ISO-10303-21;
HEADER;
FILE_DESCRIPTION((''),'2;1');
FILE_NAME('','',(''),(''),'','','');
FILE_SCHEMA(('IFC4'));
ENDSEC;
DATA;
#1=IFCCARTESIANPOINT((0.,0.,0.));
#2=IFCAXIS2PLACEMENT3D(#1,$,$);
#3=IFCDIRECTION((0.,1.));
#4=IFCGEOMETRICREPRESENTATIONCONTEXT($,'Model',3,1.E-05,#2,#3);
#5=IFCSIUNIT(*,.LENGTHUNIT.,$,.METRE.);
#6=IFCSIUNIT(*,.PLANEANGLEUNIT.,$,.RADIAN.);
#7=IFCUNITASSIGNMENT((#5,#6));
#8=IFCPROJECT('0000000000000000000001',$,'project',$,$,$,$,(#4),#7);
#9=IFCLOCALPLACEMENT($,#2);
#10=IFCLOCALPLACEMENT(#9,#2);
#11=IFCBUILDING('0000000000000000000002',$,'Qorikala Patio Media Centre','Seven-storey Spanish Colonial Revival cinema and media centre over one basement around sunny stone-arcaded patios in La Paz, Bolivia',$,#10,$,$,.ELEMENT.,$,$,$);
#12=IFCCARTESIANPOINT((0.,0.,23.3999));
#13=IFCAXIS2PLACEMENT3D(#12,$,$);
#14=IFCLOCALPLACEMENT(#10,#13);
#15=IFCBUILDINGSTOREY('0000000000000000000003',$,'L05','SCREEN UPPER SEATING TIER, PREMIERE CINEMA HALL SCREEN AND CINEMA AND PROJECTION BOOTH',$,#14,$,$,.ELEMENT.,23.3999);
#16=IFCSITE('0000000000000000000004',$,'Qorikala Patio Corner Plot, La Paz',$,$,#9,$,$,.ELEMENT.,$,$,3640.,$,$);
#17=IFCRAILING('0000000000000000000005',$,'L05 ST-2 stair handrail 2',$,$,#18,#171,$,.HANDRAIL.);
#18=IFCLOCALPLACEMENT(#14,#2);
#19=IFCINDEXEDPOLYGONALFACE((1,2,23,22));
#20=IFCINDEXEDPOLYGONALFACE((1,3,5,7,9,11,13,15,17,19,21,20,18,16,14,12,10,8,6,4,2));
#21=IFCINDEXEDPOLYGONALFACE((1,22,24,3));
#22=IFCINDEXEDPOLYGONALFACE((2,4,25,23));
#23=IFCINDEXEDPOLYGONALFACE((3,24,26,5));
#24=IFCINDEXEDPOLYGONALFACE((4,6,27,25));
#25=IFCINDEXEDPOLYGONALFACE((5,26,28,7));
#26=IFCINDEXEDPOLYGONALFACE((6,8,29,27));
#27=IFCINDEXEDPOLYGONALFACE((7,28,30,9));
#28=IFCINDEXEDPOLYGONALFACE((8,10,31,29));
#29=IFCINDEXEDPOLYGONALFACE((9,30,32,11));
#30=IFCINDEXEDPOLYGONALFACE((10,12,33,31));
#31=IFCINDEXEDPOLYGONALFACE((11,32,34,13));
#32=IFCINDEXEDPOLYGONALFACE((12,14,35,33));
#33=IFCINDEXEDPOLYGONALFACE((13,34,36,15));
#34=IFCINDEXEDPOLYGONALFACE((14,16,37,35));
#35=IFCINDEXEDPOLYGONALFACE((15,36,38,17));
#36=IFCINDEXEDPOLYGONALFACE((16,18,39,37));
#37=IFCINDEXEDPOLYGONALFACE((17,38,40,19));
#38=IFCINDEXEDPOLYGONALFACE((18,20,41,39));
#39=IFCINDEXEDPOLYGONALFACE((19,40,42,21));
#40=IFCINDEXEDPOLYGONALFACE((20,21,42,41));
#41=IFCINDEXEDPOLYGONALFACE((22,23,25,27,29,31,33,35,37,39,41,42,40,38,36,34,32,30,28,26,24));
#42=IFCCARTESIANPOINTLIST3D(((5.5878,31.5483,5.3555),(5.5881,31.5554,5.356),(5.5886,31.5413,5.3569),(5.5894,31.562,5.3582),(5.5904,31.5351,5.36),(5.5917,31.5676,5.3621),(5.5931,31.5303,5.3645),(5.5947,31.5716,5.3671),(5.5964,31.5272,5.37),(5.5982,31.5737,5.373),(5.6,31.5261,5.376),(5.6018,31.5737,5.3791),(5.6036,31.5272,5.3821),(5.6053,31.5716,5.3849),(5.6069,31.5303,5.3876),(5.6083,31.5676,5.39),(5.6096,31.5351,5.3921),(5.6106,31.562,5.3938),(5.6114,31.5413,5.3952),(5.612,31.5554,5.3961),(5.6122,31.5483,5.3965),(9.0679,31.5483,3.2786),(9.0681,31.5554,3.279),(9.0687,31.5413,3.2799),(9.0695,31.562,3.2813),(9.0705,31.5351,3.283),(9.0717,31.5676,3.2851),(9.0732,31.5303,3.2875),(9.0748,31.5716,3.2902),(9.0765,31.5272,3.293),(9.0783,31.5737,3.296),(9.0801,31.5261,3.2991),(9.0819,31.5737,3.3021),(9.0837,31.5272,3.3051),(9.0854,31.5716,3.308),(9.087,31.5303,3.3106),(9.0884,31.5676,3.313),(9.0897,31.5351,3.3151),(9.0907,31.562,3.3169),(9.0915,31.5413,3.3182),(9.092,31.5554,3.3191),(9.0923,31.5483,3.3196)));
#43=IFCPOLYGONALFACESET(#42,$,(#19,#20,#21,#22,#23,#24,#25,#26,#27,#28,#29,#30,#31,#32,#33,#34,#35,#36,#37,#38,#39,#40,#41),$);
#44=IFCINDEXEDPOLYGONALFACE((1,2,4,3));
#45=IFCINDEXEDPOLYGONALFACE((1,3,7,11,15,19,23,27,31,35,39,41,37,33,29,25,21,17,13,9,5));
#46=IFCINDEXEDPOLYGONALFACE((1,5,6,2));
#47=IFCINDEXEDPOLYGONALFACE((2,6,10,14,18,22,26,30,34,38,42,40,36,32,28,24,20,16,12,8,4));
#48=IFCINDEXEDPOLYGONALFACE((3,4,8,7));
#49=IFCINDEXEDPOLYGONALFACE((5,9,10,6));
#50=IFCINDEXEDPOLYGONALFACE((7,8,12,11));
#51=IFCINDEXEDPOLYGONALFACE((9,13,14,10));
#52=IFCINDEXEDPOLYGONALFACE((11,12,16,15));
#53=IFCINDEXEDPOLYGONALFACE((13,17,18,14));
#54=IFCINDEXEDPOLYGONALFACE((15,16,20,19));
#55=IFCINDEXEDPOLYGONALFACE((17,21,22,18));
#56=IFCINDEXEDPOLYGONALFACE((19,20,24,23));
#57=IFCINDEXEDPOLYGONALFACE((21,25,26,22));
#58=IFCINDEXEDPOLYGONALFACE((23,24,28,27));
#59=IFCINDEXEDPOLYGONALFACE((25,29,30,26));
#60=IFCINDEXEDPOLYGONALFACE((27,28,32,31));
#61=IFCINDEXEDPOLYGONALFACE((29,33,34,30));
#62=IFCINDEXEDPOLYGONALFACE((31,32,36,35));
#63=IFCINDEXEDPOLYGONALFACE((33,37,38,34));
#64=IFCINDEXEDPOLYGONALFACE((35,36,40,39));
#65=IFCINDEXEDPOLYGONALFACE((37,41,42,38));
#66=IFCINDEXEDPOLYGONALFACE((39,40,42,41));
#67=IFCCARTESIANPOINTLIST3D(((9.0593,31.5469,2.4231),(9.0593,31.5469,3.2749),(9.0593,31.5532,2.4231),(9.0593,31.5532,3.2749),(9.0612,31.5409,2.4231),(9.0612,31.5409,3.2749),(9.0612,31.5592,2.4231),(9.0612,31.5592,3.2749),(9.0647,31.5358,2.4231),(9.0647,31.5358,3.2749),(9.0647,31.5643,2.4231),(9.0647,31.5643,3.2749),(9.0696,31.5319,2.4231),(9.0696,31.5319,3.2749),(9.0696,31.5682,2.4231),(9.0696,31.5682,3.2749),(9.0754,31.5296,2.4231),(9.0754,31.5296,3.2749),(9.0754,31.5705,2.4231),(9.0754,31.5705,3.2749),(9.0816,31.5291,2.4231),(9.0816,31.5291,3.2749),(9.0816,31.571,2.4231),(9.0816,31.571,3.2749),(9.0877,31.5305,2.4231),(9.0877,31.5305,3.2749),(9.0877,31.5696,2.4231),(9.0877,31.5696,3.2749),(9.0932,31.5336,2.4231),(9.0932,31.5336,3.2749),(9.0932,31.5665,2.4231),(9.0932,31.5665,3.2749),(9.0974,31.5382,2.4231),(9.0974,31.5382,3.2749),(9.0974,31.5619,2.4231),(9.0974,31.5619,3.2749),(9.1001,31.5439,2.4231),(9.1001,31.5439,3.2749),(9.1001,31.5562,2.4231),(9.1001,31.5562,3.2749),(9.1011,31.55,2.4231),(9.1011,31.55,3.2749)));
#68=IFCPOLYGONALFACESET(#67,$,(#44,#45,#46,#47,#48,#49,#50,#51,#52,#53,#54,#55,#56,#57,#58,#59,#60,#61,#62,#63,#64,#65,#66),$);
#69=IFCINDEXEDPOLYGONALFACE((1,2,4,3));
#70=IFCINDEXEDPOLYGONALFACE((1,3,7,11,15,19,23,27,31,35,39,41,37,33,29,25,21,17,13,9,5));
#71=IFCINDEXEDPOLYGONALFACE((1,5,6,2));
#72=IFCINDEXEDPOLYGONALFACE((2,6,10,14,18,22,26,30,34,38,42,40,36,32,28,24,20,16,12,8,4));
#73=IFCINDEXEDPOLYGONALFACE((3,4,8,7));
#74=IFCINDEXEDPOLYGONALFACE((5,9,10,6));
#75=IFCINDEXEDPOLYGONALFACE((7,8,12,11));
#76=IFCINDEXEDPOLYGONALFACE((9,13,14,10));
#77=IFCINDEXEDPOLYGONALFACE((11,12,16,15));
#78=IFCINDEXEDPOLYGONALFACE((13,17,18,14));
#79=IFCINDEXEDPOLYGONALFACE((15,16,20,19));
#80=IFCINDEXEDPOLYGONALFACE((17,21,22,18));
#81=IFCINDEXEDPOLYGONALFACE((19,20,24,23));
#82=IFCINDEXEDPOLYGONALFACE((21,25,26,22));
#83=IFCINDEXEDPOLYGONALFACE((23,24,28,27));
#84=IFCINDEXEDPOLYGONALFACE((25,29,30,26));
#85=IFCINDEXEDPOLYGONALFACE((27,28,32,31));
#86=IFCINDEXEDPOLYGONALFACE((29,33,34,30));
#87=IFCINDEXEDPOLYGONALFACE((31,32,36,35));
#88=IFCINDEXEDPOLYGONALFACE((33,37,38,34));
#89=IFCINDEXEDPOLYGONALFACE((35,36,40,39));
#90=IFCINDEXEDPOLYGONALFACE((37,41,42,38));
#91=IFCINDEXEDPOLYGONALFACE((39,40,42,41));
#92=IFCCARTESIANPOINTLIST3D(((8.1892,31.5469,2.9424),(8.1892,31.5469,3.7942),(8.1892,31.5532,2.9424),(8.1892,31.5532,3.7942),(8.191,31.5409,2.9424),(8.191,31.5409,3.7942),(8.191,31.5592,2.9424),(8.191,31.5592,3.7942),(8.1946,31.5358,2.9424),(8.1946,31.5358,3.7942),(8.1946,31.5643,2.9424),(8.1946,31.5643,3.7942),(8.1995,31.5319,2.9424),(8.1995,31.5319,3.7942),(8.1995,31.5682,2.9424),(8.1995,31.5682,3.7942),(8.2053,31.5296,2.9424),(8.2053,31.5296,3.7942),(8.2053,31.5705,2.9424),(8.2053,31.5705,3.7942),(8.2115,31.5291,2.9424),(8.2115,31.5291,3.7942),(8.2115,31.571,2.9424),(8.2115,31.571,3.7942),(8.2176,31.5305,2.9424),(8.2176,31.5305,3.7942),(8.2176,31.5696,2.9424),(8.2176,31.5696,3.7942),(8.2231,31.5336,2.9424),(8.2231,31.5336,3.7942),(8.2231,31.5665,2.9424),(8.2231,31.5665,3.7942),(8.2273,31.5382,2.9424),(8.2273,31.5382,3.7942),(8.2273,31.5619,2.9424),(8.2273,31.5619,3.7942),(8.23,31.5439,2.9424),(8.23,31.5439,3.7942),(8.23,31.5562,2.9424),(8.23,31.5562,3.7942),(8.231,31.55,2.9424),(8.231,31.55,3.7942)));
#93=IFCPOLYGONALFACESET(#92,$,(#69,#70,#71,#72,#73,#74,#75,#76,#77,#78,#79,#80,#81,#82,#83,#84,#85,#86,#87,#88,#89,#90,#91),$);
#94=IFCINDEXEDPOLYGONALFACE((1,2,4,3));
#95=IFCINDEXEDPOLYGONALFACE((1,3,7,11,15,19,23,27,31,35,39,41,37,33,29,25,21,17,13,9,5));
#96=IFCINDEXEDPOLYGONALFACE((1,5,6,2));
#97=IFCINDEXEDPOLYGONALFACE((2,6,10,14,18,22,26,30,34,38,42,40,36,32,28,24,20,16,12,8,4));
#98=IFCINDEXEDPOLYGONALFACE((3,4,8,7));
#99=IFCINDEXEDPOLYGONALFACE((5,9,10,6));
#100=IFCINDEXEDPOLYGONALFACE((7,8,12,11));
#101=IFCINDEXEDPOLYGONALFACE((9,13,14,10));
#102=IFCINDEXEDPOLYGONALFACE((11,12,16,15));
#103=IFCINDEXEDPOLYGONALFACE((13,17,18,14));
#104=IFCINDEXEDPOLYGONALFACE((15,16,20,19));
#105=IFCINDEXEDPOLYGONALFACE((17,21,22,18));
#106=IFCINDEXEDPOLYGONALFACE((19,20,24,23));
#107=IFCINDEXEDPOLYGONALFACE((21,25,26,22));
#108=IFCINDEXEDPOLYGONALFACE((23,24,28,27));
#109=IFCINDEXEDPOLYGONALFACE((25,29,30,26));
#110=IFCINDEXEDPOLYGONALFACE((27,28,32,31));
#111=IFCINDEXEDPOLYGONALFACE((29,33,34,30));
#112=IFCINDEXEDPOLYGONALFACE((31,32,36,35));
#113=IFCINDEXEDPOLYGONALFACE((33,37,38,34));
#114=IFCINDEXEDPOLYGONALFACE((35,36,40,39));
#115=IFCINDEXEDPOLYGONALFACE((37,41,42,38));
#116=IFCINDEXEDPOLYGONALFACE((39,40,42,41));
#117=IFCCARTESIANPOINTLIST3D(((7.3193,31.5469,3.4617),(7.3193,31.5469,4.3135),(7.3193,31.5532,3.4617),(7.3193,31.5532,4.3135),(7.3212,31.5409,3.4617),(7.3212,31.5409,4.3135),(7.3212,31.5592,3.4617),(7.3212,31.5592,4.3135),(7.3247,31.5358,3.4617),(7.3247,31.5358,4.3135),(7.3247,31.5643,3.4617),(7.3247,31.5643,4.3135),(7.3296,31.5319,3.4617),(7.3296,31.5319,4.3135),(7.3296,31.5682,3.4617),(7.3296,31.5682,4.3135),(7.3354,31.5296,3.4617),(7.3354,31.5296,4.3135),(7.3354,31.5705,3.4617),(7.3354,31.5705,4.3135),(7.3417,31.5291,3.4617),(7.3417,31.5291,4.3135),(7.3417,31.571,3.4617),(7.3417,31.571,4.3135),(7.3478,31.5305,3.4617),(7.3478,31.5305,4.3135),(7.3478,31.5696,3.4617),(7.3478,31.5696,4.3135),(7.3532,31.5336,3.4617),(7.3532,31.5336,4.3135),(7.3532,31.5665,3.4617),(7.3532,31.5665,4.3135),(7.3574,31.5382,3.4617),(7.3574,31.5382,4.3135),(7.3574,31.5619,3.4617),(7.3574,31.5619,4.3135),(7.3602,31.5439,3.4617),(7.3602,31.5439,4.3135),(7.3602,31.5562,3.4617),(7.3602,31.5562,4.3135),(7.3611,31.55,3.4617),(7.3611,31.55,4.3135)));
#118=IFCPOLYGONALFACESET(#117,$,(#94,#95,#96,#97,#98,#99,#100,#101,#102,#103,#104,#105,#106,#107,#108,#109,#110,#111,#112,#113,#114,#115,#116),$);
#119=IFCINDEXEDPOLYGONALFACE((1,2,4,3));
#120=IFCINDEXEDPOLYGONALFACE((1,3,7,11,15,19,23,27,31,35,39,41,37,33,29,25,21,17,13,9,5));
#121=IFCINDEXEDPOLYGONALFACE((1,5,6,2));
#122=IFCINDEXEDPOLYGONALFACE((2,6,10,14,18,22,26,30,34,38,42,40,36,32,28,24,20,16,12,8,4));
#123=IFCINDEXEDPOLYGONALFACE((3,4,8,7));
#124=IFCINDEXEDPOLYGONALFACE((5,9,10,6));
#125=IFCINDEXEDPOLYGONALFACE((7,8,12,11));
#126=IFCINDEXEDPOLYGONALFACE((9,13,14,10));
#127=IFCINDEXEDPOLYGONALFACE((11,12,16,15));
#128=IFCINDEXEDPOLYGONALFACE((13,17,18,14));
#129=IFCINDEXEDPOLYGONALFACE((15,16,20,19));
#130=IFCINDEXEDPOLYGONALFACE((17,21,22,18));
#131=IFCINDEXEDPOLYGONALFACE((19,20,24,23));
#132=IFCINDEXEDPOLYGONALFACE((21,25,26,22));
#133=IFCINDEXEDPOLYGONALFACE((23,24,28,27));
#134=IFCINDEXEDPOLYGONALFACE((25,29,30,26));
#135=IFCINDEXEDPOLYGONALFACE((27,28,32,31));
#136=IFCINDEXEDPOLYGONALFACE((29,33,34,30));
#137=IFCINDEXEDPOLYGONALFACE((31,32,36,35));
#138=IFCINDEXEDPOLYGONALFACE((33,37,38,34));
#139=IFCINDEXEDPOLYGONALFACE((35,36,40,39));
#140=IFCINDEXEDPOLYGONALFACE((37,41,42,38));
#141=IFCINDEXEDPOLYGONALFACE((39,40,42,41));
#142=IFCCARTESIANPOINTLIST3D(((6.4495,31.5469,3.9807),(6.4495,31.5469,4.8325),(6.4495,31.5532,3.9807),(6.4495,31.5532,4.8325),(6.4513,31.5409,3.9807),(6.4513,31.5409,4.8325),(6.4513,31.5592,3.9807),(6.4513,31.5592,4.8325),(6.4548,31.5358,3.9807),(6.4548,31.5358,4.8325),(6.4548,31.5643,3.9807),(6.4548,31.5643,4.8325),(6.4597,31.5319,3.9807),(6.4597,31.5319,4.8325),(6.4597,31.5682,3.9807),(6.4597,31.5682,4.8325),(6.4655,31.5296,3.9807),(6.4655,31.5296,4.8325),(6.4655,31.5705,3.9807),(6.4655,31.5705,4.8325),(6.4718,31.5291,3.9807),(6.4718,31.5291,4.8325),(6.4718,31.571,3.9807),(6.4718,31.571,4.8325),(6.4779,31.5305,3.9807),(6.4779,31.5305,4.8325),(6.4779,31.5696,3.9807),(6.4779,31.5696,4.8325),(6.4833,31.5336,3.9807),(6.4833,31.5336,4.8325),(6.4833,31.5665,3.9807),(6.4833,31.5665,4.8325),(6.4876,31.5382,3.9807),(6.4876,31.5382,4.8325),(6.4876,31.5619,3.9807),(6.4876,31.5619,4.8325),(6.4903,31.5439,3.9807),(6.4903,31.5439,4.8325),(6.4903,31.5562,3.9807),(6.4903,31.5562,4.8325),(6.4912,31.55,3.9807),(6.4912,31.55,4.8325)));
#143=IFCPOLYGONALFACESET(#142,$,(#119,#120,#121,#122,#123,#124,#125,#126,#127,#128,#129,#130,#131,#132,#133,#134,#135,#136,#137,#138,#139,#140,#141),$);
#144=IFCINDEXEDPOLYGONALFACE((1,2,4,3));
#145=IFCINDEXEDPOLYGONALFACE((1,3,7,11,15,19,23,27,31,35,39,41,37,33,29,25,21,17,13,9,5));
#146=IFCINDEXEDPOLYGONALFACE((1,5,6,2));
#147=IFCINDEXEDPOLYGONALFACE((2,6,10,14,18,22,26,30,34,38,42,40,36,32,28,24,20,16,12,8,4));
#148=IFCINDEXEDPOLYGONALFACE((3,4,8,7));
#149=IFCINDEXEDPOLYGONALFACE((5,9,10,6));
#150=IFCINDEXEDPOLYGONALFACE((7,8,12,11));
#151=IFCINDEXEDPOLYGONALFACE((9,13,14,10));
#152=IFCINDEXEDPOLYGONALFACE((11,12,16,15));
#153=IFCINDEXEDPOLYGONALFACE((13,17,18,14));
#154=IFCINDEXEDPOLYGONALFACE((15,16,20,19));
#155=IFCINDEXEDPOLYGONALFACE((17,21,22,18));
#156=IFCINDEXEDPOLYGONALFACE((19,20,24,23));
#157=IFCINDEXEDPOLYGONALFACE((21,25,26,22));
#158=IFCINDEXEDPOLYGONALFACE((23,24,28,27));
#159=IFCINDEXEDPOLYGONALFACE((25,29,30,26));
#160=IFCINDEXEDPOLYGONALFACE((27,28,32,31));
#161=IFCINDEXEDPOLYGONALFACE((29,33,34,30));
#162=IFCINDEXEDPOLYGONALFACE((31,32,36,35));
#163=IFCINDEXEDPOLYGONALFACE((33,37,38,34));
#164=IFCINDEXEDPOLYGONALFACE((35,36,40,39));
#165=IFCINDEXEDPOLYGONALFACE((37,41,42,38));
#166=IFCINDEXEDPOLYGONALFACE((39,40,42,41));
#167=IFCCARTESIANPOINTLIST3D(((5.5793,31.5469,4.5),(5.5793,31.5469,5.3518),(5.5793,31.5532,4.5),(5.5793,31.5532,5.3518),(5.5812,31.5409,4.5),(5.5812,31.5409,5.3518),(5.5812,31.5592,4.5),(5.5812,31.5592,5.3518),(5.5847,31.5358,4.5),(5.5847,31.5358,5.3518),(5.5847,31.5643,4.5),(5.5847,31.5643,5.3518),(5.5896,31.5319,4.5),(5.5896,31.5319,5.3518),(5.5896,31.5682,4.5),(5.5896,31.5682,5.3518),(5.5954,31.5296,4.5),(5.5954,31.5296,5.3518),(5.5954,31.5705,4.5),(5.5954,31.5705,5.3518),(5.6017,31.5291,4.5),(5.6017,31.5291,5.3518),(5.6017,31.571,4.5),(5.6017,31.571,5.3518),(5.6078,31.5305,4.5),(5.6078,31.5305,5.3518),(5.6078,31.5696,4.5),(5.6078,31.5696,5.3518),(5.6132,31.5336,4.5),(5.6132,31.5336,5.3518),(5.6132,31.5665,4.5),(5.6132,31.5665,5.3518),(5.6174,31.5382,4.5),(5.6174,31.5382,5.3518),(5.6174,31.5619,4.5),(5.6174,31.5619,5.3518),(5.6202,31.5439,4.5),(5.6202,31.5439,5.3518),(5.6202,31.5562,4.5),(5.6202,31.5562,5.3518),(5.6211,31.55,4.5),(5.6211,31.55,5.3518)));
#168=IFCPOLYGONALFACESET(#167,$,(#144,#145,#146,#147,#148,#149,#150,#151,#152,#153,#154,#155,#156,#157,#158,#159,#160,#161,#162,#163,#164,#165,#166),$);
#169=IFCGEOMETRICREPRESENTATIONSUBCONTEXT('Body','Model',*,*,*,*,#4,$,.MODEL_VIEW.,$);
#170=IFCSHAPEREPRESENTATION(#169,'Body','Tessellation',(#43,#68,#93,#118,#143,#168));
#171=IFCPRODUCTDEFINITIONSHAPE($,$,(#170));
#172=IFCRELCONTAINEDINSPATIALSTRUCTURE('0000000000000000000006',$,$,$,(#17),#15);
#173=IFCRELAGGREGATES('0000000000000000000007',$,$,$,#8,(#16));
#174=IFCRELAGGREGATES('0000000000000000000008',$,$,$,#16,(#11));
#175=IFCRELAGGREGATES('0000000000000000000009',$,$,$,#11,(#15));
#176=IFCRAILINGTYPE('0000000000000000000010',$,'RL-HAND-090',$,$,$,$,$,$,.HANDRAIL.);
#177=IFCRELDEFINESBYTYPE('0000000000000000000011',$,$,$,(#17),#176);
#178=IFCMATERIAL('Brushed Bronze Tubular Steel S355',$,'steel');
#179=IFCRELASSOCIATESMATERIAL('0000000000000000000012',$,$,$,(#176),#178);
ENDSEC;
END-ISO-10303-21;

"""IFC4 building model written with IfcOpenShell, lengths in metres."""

from ifc_helpers import new_model, si_unit, direction, frame, origin, origin_2d, place, context, subcontext, project, spatial, circle, extrude, material, type_object, element, save


model = new_model("IFC4")

# Units and contexts
model_context = context("Model", 3, precision=1e-05, world=origin(), true_north=direction((0.0, 1.0)))
body_context = subcontext(model_context, "Body", "Model", "MODEL_VIEW")
ifc_project = project(units=[si_unit("LENGTHUNIT", "METRE"), si_unit("PLANEANGLEUNIT", "RADIAN")], contexts=[model_context])

# Site, building, storey
site_placement = place(None, origin())
site = spatial("IfcSite", under=ifc_project, at=site_placement, Name="Qorikala Patio Corner Plot, La Paz", CompositionType="ELEMENT", RefElevation=3640.0)
building_placement = place(site_placement, origin())
building = spatial("IfcBuilding", under=site, at=building_placement, Name="Qorikala Patio Media Centre", Description="Seven-storey Spanish Colonial Revival cinema and media centre over one basement around sunny stone-arcaded patios in La Paz, Bolivia", CompositionType="ELEMENT")
storey_placement = place(building_placement, frame((0.0, 0.0, 23.3999)))
storey = spatial("IfcBuildingStorey", under=building, at=storey_placement, Name="L05", Description="SCREEN UPPER SEATING TIER, PREMIERE CINEMA HALL SCREEN AND CINEMA AND PROJECTION BOOTH", CompositionType="ELEMENT", Elevation=23.3999)

# Railing
ifc_material_1 = material(Name="Brushed Bronze Tubular Steel S355", Category="steel")
railing_type_1 = type_object("IfcRailingType", Name="RL-HAND-090", PredefinedType="HANDRAIL", material=ifc_material_1)
railing_1_placement = place(storey_placement, frame((9.0801, 31.55, 2.4231)))
element("IfcRailing", 1, at=railing_1_placement, inside=storey, type_object=railing_type_1, Name="L05 ST-2 stair handrail 2", PredefinedType="HANDRAIL", context=body_context, shape_type="SweptSolid", body=[
    extrude(circle(Radius=0.0239, at=origin_2d()), frame((0.0, 0.0, 0.876), z_axis=(-0.858697, 0.0, 0.512483), x_axis=(0.0, -1.0, 0.0)), (0.0, 0.0, 1.0), 4.0527),
    extrude(circle(Radius=0.021, at=origin_2d()), origin(), (0.0, 0.0, 1.0), 0.8518),
    extrude(circle(Radius=0.021, at=origin_2d()), frame((-0.8701, 0.0, 0.5193)), (0.0, 0.0, 1.0), 0.8518),
    extrude(circle(Radius=0.021, at=origin_2d()), frame((-1.74, 0.0, 1.0386)), (0.0, 0.0, 1.0), 0.8518),
    extrude(circle(Radius=0.021, at=origin_2d()), frame((-2.6099, 0.0, 1.5576)), (0.0, 0.0, 1.0), 0.8518),
    extrude(circle(Radius=0.021, at=origin_2d()), frame((-3.48, 0.0, 2.0769)), (0.0, 0.0, 1.0), 0.8518),
])

save(model, "model.ifc")
